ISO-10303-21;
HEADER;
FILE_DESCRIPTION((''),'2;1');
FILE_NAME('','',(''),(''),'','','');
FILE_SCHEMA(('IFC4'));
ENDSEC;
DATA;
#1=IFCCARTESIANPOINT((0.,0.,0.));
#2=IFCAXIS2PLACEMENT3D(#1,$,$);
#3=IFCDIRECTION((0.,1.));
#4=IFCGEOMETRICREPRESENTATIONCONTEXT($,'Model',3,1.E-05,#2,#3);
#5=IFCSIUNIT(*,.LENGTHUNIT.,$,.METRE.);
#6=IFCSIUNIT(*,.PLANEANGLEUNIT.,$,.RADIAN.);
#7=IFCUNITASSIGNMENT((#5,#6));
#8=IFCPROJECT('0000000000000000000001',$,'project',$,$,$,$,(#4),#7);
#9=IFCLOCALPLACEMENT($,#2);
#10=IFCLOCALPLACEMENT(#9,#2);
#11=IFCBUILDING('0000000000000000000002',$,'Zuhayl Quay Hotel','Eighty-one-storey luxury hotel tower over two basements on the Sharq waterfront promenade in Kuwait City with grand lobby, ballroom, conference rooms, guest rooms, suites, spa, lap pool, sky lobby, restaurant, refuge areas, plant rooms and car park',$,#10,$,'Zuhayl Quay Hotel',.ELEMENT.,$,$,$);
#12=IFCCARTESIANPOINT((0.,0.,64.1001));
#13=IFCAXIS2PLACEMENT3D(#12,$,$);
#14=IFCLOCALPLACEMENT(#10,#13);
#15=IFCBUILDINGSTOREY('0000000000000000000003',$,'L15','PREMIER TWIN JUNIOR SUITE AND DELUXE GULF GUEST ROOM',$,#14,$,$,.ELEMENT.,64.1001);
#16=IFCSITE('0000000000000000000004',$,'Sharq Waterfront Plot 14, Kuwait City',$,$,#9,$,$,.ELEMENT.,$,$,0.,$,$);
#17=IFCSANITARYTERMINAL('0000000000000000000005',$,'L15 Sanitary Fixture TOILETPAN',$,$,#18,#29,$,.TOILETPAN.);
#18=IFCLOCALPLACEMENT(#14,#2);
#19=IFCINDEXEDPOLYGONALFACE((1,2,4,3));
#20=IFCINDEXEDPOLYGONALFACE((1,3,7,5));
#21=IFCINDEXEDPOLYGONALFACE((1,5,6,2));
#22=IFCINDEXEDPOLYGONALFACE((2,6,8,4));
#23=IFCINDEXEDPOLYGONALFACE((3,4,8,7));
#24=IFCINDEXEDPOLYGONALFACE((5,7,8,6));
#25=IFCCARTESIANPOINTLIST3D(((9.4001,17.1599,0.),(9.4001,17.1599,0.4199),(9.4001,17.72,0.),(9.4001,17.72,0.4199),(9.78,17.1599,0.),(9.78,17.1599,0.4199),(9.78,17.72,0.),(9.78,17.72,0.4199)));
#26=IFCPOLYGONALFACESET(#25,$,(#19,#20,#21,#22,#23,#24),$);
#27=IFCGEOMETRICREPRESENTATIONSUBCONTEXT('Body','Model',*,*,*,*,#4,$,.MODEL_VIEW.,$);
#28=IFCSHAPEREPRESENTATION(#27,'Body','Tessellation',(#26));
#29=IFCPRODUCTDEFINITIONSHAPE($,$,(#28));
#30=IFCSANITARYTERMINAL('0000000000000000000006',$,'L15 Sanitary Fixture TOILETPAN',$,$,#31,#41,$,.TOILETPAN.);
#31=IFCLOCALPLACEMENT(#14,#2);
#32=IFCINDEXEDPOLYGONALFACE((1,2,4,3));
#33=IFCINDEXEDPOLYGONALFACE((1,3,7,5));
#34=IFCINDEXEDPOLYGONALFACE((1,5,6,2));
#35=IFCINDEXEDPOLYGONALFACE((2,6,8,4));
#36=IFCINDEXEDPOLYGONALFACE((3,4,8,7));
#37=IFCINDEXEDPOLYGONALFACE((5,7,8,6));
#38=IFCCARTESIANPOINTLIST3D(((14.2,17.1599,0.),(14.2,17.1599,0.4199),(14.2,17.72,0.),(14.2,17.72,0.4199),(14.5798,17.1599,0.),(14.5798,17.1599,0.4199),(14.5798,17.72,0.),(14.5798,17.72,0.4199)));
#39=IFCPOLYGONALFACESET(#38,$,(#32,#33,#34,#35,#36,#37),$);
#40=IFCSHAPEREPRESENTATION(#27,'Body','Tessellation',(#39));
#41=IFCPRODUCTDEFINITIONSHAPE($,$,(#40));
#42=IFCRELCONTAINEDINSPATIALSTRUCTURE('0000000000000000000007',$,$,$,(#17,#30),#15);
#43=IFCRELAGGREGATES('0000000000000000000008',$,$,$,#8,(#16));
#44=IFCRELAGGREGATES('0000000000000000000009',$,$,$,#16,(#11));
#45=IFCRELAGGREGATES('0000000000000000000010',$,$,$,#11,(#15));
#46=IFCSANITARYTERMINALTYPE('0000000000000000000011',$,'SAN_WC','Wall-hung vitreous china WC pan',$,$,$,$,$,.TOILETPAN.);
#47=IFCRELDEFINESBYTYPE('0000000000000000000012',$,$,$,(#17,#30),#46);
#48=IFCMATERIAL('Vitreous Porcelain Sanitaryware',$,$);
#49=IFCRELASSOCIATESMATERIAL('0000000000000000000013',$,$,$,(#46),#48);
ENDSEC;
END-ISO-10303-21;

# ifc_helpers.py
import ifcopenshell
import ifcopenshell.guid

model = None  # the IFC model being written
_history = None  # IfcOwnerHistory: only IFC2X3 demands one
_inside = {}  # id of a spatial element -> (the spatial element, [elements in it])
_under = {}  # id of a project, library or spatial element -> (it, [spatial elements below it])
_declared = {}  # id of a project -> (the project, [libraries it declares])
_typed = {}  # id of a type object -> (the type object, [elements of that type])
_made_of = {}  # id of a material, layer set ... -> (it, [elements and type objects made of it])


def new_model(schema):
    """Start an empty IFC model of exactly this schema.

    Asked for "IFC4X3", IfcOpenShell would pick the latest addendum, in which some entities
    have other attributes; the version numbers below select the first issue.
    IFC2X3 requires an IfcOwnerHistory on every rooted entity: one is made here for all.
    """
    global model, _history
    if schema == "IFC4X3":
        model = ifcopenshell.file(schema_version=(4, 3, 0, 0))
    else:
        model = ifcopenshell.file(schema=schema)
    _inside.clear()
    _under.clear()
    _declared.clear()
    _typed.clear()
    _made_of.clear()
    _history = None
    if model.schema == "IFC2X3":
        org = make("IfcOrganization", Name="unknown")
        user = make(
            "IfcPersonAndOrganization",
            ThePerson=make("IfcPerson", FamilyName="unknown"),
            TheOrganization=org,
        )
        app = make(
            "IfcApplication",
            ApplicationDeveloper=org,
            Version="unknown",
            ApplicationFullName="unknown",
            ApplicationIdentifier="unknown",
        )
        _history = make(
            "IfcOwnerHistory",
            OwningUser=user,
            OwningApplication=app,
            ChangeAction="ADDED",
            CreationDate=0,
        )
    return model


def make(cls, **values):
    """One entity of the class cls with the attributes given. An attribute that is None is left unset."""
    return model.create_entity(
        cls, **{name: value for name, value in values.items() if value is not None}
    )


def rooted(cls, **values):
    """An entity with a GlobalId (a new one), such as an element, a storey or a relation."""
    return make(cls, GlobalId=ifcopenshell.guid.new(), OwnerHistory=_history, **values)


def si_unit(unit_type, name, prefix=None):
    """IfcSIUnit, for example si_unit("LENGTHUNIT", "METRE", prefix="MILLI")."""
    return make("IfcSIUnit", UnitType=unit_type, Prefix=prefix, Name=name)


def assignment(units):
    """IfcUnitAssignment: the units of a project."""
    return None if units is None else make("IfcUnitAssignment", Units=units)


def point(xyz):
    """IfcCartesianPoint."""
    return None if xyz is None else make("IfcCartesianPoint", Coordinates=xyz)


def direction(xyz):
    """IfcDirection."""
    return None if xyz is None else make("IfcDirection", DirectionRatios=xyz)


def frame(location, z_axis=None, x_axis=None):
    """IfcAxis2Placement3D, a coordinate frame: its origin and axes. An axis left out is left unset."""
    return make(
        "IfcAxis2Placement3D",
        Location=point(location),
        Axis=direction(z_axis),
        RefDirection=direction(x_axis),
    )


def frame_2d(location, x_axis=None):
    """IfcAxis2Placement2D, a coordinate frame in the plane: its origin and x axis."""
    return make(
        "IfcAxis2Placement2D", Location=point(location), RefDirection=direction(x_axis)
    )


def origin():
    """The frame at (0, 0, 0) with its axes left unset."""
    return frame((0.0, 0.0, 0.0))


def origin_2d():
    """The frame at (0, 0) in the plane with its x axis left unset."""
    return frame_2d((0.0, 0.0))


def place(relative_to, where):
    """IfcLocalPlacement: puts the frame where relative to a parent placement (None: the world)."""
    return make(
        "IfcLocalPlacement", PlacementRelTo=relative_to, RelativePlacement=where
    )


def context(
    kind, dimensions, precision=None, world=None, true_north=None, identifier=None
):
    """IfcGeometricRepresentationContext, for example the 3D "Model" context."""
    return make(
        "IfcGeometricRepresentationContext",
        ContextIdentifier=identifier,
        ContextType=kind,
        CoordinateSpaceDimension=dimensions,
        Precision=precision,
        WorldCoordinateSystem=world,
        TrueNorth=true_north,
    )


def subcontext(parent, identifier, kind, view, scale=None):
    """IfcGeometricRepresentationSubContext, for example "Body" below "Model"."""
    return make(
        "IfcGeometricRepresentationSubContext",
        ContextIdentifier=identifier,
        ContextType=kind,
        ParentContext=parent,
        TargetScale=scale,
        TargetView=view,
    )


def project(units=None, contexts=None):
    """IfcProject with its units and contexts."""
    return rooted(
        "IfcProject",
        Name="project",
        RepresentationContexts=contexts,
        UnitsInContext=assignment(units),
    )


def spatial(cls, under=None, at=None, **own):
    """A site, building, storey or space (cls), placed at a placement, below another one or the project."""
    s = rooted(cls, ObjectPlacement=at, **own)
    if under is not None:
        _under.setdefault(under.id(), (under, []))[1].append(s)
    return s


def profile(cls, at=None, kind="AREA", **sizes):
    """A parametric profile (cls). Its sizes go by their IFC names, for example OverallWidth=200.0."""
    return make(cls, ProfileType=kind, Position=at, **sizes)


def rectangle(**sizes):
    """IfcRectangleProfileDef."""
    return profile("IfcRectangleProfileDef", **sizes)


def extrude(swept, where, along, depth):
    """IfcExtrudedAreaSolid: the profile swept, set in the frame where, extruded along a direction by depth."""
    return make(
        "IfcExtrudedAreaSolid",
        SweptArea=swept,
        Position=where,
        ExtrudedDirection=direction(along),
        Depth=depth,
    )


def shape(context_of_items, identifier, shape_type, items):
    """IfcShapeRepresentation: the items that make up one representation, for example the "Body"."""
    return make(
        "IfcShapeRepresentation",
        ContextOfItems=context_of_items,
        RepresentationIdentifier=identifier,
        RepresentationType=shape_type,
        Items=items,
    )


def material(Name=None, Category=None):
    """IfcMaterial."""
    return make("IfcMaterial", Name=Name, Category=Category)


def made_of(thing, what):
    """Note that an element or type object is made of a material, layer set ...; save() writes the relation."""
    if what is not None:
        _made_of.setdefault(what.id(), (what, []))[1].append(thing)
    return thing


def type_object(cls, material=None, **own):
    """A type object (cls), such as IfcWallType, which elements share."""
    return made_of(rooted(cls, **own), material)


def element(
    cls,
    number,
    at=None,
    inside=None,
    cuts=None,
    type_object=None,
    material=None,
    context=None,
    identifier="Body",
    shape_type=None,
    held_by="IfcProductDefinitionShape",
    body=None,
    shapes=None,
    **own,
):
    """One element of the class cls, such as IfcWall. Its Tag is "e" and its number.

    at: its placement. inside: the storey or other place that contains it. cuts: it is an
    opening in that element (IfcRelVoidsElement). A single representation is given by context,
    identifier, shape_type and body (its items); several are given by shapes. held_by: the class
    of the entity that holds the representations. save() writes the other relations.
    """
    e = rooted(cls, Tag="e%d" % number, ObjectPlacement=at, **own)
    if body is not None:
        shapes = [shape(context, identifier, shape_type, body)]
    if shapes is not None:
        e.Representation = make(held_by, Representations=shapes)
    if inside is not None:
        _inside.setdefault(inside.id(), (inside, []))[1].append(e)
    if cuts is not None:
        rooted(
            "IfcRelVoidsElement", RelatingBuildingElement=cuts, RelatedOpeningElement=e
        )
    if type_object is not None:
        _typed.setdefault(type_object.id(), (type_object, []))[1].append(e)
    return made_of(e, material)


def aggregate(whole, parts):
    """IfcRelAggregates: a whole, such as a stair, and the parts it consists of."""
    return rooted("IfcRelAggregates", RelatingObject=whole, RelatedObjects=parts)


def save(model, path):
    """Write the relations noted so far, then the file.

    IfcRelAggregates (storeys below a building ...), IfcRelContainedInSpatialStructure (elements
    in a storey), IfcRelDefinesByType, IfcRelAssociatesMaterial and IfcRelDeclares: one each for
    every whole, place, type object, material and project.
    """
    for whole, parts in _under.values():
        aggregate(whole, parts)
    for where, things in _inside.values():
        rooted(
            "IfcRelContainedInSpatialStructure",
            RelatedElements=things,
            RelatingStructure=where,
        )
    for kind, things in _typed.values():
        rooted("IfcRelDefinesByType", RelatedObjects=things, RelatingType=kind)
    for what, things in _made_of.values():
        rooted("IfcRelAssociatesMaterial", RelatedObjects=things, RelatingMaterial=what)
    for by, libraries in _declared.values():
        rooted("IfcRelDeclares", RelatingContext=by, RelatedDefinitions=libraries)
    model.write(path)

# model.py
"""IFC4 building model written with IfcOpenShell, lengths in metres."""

from ifc_helpers import new_model, si_unit, direction, frame, origin, origin_2d, place, context, subcontext, project, spatial, rectangle, extrude, material, type_object, element, save


model = new_model("IFC4")

# Units and contexts
model_context = context("Model", 3, precision=1e-05, world=origin(), true_north=direction((0.0, 1.0)))
body_context = subcontext(model_context, "Body", "Model", "MODEL_VIEW")
ifc_project = project(units=[si_unit("LENGTHUNIT", "METRE"), si_unit("PLANEANGLEUNIT", "RADIAN")], contexts=[model_context])

# Site, building, storey
site_placement = place(None, origin())
site = spatial("IfcSite", under=ifc_project, at=site_placement, Name="Sharq Waterfront Plot 14, Kuwait City", CompositionType="ELEMENT", RefElevation=0.0)
building_placement = place(site_placement, origin())
building = spatial("IfcBuilding", under=site, at=building_placement, Name="Zuhayl Quay Hotel", Description="Eighty-one-storey luxury hotel tower over two basements on the Sharq waterfront promenade in Kuwait City with grand lobby, ballroom, conference rooms, guest rooms, suites, spa, lap pool, sky lobby, restaurant, refuge areas, plant rooms and car park", LongName="Zuhayl Quay Hotel", CompositionType="ELEMENT")
storey_placement = place(building_placement, frame((0.0, 0.0, 64.1001)))
storey = spatial("IfcBuildingStorey", under=building, at=storey_placement, Name="L15", Description="PREMIER TWIN JUNIOR SUITE AND DELUXE GULF GUEST ROOM", CompositionType="ELEMENT", Elevation=64.1001)

# Sanitary terminals
ifc_material_1 = material(Name="Vitreous Porcelain Sanitaryware")
sanitary_terminal_type_1 = type_object("IfcSanitaryTerminalType", Name="SAN_WC", Description="Wall-hung vitreous china WC pan", PredefinedType="TOILETPAN", material=ifc_material_1)
for number, where, z_axis, x_axis, name in (
    (1, (9.5901, 17.4399, 0.0), (0.0, 0.0, 1.0), (1.0, 0.0, 0.0), "L15 Sanitary Fixture TOILETPAN"),
    (2, (14.3899, 17.4399, 0.0), (0.0, 0.0, 1.0), (1.0, 0.0, 0.0), "L15 Sanitary Fixture TOILETPAN"),
):
    element("IfcSanitaryTerminal", number, at=place(storey_placement, frame(where, z_axis=z_axis, x_axis=x_axis)), inside=storey, type_object=sanitary_terminal_type_1, Name=name, PredefinedType="TOILETPAN", context=body_context, shape_type="SweptSolid", body=[
        extrude(rectangle(XDim=0.3799, YDim=0.5601, at=origin_2d()), origin(), (0.0, 0.0, 1.0), 0.4199),
    ])

save(model, "model.ifc")
